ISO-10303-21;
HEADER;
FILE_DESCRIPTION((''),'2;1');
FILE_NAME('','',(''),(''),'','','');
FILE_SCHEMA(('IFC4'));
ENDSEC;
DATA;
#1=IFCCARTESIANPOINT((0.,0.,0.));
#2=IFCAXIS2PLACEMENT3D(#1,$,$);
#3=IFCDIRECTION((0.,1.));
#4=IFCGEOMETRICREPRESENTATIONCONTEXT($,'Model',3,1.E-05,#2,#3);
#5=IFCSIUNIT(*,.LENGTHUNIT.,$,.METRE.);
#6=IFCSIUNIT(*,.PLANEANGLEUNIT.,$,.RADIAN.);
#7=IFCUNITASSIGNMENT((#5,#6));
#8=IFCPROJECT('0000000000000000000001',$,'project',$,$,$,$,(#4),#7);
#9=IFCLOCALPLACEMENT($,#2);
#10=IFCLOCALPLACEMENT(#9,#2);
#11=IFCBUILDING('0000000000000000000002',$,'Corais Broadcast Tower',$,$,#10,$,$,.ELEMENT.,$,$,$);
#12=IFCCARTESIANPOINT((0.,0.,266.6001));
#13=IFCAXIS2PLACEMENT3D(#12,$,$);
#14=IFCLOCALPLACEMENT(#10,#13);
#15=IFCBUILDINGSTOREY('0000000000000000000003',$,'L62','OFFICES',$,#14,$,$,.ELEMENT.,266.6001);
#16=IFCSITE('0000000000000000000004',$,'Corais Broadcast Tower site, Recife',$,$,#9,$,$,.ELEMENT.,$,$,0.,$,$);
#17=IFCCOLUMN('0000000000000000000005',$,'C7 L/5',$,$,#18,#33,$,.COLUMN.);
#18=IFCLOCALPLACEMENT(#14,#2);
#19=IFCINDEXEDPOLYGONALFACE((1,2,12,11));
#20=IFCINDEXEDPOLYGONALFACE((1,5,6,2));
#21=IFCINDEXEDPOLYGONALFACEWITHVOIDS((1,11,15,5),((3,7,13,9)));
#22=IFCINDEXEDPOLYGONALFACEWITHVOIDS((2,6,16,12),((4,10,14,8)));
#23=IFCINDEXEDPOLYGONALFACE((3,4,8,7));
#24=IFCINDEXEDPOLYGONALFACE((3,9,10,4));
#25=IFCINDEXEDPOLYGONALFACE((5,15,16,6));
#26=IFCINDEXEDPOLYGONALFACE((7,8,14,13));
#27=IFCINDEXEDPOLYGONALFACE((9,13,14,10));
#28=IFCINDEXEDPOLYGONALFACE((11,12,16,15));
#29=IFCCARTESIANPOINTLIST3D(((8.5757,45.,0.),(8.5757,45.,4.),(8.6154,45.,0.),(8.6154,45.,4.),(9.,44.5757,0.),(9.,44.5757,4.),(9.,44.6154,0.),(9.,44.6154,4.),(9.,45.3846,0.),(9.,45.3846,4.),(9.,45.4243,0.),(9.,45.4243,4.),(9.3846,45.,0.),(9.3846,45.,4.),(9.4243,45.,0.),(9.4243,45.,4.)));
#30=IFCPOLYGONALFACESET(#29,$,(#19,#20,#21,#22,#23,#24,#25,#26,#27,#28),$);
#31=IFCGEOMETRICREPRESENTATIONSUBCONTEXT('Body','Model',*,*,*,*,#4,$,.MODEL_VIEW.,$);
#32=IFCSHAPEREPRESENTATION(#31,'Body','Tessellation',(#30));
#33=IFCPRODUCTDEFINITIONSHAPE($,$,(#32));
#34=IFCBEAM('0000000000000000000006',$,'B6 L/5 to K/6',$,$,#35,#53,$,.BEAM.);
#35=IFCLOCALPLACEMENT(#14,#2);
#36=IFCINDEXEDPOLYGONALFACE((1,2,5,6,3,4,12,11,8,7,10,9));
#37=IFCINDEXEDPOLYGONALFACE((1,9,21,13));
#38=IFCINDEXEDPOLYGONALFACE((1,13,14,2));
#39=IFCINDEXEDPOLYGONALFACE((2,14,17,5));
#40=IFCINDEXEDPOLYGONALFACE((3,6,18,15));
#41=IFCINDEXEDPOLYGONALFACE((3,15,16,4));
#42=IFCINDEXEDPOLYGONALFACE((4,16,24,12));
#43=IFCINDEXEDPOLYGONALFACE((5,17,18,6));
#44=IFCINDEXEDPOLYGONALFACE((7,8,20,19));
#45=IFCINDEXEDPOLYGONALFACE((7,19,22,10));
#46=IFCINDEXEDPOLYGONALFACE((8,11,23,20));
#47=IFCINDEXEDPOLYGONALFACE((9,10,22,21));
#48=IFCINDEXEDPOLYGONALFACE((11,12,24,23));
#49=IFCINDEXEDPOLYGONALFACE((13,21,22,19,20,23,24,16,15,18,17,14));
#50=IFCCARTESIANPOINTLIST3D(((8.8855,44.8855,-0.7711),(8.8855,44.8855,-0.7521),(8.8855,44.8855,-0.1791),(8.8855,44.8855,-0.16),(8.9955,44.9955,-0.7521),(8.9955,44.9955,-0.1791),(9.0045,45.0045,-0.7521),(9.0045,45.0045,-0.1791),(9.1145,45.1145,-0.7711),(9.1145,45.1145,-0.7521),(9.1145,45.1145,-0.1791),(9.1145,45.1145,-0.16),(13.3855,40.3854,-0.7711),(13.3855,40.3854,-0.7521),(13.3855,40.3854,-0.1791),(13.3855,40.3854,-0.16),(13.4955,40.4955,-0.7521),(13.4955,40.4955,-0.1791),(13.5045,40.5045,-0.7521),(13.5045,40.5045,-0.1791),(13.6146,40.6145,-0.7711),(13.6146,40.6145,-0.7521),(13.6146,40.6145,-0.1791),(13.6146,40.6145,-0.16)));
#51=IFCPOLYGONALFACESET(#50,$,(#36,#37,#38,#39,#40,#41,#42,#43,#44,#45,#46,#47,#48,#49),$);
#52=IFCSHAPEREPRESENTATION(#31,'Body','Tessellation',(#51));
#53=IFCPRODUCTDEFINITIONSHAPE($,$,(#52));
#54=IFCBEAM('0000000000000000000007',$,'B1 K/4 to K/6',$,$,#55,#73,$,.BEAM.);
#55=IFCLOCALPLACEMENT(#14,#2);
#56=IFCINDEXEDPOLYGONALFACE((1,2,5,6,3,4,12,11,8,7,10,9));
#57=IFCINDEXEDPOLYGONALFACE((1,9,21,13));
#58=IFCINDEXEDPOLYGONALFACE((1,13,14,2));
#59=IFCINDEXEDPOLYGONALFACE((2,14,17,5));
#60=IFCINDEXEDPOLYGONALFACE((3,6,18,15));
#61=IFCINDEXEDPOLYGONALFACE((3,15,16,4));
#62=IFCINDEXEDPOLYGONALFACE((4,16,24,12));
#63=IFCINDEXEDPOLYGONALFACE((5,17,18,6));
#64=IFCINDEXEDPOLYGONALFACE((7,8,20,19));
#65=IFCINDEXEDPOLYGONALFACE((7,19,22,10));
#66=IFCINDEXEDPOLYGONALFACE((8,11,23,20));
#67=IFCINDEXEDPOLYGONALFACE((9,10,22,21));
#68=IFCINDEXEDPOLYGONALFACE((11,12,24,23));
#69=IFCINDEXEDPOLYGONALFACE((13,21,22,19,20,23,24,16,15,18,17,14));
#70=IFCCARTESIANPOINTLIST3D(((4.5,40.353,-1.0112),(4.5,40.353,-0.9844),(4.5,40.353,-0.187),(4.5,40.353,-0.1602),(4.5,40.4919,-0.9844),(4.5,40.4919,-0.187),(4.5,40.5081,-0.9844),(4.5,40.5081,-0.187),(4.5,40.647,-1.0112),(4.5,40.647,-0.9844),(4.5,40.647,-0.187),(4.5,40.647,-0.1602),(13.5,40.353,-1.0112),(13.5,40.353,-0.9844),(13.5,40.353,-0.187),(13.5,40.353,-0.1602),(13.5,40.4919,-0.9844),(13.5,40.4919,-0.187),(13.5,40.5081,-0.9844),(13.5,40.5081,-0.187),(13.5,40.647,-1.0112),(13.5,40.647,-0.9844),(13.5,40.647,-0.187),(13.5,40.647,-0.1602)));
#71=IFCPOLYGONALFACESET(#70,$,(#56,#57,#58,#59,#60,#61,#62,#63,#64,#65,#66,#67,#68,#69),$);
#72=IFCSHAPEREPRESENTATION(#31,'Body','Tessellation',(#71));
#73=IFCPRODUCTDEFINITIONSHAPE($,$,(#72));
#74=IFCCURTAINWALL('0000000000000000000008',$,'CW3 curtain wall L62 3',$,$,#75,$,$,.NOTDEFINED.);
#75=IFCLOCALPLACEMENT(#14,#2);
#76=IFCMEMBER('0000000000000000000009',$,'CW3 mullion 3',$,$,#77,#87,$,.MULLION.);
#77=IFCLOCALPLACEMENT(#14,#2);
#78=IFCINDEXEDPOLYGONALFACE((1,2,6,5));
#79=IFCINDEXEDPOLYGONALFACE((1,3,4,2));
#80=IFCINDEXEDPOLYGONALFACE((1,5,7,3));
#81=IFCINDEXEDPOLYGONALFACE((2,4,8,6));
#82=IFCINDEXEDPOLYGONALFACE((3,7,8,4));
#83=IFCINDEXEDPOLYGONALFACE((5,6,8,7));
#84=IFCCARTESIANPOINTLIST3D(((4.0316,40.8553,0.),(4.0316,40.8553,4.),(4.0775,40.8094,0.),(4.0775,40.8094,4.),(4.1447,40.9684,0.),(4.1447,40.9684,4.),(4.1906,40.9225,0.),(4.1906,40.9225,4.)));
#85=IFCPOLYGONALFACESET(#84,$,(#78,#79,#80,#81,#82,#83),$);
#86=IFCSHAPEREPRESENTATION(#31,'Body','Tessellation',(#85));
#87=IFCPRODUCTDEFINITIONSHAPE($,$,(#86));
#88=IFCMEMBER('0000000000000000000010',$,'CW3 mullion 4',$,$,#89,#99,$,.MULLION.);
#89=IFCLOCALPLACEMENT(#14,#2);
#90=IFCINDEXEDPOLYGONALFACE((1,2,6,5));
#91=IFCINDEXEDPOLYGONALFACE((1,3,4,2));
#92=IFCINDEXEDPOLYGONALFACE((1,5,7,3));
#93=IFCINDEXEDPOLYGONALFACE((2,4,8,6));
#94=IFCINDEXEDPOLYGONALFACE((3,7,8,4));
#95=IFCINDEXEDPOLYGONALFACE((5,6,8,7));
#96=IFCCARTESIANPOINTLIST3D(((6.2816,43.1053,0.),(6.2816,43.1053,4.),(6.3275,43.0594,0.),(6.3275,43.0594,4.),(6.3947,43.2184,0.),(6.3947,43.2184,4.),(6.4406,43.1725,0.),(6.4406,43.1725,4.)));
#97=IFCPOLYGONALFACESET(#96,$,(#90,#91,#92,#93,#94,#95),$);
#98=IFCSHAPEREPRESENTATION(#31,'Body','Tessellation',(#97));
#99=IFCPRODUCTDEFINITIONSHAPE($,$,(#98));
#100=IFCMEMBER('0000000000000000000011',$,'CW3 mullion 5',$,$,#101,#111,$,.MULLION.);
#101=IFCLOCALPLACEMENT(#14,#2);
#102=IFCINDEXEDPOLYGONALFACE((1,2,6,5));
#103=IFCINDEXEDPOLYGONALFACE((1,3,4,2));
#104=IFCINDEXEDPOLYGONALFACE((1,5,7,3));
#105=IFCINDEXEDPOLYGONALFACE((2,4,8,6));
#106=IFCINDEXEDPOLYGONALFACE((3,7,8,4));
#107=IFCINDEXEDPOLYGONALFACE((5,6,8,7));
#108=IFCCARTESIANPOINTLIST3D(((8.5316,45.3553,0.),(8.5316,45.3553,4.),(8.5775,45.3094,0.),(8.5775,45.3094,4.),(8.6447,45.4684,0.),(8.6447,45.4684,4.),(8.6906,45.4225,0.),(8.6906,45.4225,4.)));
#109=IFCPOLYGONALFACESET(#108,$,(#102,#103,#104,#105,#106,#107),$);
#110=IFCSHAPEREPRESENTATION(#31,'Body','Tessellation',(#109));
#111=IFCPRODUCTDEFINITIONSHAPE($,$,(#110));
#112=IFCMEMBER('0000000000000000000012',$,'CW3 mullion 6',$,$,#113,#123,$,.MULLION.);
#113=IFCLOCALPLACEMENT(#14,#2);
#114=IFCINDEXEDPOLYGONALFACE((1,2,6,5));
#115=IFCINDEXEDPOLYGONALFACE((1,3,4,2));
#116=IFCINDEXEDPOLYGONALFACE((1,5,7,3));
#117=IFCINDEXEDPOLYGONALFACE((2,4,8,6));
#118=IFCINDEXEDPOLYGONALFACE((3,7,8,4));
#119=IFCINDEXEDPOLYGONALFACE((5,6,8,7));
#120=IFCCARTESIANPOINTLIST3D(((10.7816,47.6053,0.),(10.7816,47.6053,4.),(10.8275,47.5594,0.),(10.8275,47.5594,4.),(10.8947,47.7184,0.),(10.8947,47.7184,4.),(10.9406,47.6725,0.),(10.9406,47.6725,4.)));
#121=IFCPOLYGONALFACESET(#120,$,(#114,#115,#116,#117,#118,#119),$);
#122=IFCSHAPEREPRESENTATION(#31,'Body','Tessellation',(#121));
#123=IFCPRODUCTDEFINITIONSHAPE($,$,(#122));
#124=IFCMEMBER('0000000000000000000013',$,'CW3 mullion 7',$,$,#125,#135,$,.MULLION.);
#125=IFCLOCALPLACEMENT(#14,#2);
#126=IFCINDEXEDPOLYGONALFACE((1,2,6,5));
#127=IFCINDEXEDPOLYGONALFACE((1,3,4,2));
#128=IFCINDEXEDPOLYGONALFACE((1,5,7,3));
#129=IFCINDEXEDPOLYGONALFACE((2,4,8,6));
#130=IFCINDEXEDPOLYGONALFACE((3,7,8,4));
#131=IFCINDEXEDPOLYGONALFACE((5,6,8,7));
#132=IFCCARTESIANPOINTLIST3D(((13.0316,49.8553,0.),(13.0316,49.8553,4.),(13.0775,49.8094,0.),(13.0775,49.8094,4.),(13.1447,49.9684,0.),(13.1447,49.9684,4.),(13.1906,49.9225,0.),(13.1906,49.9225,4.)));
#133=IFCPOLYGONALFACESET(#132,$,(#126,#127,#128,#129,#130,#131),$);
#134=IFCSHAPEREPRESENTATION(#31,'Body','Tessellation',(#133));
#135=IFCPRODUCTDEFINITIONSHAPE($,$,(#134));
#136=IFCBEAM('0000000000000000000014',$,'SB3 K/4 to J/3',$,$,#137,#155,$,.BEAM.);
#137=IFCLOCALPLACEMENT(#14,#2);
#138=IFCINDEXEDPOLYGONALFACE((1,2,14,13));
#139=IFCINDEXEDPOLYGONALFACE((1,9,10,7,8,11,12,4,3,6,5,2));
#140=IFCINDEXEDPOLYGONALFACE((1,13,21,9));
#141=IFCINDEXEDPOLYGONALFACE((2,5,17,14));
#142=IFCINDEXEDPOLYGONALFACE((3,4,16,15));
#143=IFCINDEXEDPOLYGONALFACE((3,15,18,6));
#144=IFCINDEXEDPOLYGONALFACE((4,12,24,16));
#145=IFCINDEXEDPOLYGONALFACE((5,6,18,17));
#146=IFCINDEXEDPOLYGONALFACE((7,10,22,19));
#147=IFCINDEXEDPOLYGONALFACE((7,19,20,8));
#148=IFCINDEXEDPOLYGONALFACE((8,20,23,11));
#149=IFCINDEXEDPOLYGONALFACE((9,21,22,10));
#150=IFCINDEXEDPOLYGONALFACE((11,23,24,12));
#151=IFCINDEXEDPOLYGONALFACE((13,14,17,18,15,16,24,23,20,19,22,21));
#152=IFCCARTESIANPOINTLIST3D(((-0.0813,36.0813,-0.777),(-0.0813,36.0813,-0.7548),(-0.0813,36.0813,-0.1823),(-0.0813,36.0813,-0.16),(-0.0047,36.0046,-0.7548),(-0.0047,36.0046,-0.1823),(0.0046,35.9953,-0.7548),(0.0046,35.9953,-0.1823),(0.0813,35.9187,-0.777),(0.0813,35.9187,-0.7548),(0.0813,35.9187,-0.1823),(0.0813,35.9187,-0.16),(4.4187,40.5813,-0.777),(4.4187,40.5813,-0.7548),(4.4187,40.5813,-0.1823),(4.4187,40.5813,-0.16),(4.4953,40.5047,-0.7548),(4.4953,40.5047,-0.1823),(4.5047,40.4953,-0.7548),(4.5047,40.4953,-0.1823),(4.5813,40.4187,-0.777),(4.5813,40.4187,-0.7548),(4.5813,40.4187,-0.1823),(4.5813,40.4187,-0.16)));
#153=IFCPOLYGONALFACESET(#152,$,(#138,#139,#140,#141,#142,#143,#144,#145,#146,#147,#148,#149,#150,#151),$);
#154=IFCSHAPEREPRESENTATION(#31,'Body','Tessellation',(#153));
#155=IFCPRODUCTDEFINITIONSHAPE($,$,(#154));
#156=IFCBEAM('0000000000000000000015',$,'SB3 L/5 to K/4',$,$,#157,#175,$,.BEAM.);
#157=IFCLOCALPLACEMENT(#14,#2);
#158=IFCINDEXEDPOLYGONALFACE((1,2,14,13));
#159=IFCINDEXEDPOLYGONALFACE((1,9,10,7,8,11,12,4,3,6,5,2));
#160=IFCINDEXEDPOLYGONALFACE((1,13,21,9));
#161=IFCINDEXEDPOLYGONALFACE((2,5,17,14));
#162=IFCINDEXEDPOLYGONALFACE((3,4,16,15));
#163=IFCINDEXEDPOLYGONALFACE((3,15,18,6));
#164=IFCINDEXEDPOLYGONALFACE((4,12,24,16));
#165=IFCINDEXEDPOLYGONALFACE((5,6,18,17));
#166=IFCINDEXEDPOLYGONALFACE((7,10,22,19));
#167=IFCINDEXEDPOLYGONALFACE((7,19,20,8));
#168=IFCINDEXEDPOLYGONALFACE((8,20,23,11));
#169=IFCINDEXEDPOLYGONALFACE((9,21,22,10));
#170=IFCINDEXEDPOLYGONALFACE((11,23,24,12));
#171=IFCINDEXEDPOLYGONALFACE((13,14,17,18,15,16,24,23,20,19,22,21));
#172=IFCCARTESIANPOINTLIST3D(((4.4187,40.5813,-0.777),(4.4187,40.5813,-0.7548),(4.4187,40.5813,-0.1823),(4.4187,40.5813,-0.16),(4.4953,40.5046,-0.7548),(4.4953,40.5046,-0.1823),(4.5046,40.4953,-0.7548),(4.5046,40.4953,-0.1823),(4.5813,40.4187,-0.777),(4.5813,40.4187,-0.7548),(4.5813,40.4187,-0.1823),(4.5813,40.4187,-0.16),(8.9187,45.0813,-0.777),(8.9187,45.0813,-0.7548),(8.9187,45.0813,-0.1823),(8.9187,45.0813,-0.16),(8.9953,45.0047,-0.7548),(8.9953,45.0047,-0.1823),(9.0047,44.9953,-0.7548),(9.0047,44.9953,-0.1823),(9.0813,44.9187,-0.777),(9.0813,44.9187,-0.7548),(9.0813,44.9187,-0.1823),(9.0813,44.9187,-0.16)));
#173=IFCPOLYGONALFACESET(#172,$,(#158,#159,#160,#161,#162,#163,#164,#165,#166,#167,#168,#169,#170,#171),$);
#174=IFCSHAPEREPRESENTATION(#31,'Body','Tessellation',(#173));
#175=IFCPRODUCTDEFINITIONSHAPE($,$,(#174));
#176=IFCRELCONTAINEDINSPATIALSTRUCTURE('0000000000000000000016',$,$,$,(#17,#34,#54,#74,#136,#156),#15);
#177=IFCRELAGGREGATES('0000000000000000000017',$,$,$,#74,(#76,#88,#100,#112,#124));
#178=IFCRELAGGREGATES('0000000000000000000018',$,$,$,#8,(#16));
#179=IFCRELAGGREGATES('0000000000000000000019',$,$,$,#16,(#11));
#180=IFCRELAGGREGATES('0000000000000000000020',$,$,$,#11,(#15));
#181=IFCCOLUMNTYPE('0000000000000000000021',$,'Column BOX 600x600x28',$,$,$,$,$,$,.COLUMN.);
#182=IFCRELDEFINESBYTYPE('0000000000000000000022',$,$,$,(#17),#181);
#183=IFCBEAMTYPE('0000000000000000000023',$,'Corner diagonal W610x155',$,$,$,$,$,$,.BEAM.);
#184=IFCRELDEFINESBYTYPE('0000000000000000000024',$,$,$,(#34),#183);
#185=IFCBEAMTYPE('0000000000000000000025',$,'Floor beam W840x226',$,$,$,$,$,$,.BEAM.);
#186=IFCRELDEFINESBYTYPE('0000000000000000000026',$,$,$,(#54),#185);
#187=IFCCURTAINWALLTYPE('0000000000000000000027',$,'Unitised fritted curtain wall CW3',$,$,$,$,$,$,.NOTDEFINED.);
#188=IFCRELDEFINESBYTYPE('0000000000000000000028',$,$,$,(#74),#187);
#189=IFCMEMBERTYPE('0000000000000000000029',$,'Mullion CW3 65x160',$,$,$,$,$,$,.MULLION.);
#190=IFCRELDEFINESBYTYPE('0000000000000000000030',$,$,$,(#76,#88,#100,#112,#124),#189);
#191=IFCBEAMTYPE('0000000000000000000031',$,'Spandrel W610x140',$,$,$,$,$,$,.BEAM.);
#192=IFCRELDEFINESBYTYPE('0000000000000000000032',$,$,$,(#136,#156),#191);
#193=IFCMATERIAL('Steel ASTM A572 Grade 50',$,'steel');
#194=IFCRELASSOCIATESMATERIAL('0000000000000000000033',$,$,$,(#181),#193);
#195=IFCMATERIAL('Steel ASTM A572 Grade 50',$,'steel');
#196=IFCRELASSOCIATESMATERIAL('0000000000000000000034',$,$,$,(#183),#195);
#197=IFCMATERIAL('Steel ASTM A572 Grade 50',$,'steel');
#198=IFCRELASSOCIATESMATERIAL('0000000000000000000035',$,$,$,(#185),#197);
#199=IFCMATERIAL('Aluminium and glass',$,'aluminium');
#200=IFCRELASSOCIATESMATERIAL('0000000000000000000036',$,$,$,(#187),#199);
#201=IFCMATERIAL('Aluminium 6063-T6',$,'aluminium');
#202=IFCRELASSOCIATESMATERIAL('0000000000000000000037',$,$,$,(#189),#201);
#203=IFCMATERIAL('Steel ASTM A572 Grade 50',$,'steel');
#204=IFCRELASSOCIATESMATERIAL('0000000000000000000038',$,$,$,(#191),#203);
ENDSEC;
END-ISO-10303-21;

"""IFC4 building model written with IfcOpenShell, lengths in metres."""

from ifc_helpers import new_model, si_unit, direction, frame, origin, origin_2d, place, context, subcontext, project, spatial, rectangle, hollow_rectangle, i_section, extrude, material, material_profile, profile_set, type_object, element, aggregate, save


model = new_model("IFC4")

# Units and contexts
model_context = context("Model", 3, precision=1e-05, world=origin(), true_north=direction((0.0, 1.0)))
body_context = subcontext(model_context, "Body", "Model", "MODEL_VIEW")
ifc_project = project(units=[si_unit("LENGTHUNIT", "METRE"), si_unit("PLANEANGLEUNIT", "RADIAN")], contexts=[model_context])

# Site, building, storey
site_placement = place(None, origin())
site = spatial("IfcSite", under=ifc_project, at=site_placement, Name="Corais Broadcast Tower site, Recife", CompositionType="ELEMENT", RefElevation=0.0)
building_placement = place(site_placement, origin())
building = spatial("IfcBuilding", under=site, at=building_placement, Name="Corais Broadcast Tower", CompositionType="ELEMENT")
storey_placement = place(building_placement, frame((0.0, 0.0, 266.6001)))
storey = spatial("IfcBuildingStorey", under=building, at=storey_placement, Name="L62", Description="OFFICES", CompositionType="ELEMENT", Elevation=266.6001)

# Column
ifc_material_1 = material(Name="Steel ASTM A572 Grade 50", Category="steel")
ifc_material_profile_1 = material_profile(ifc_material_1, hollow_rectangle(XDim=0.6001, YDim=0.6001, WallThickness=0.0281, at=origin_2d()), Name="BOX 600x600x28")
ifc_profile_set_1 = profile_set([ifc_material_profile_1], Name="Steel ASTM A572 Grade 50")
column_type = type_object("IfcColumnType", Name="Column BOX 600x600x28", PredefinedType="COLUMN", material=ifc_profile_set_1)
column_placement = place(storey_placement, frame((9.0, 45.0, 0.0), z_axis=(0.0, 0.0, 1.0), x_axis=(0.707107, 0.707107, 0.0)))
element("IfcColumn", 1, at=column_placement, inside=storey, type_object=column_type, Name="C7 L/5", PredefinedType="COLUMN", context=body_context, shape_type="SweptSolid", body=[
    extrude(hollow_rectangle(XDim=0.6001, YDim=0.6001, WallThickness=0.0281, at=origin_2d()), origin(), (0.0, 0.0, 1.0), 4.0),
])

# Beams
ifc_material_2 = material(Name="Steel ASTM A572 Grade 50", Category="steel")
ifc_material_profile_2 = material_profile(ifc_material_2, i_section(OverallWidth=0.324, OverallDepth=0.6111, WebThickness=0.0127, FlangeThickness=0.019, at=origin_2d()), Name="W610x155")
ifc_profile_set_2 = profile_set([ifc_material_profile_2], Name="Steel ASTM A572 Grade 50")
beam_type_1 = type_object("IfcBeamType", Name="Corner diagonal W610x155", PredefinedType="BEAM", material=ifc_profile_set_2)
beam_1_placement = place(storey_placement, frame((9.0, 45.0, -0.4656), z_axis=(0.707107, -0.707107, 0.0), x_axis=(0.707107, 0.707107, 0.0)))
element("IfcBeam", 2, at=beam_1_placement, inside=storey, type_object=beam_type_1, Name="B6 L/5 to K/6", PredefinedType="BEAM", context=body_context, shape_type="SweptSolid", body=[
    extrude(i_section(OverallWidth=0.324, OverallDepth=0.6111, WebThickness=0.0127, FlangeThickness=0.019, at=origin_2d()), origin(), (0.0, 0.0, 1.0), 6.364),
])
ifc_material_3 = material(Name="Steel ASTM A572 Grade 50", Category="steel")
ifc_material_profile_3 = material_profile(ifc_material_3, i_section(OverallWidth=0.2939, OverallDepth=0.8511, WebThickness=0.0161, FlangeThickness=0.0269, at=origin_2d()), Name="W840x226")
ifc_profile_set_3 = profile_set([ifc_material_profile_3], Name="Steel ASTM A572 Grade 50")
beam_type_2 = type_object("IfcBeamType", Name="Floor beam W840x226", PredefinedType="BEAM", material=ifc_profile_set_3)
beam_2_placement = place(storey_placement, frame((4.5, 40.5, -0.5857), z_axis=(1.0, 0.0, 0.0), x_axis=(0.0, 1.0, 0.0)))
element("IfcBeam", 3, at=beam_2_placement, inside=storey, type_object=beam_type_2, Name="B1 K/4 to K/6", PredefinedType="BEAM", context=body_context, shape_type="SweptSolid", body=[
    extrude(i_section(OverallWidth=0.2939, OverallDepth=0.8511, WebThickness=0.0161, FlangeThickness=0.0269, at=origin_2d()), origin(), (0.0, 0.0, 1.0), 9.0),
])

# Curtain wall, members
ifc_material_4 = material(Name="Aluminium and glass", Category="aluminium")
curtain_wall_type = type_object("IfcCurtainWallType", Name="Unitised fritted curtain wall CW3", PredefinedType="NOTDEFINED", material=ifc_material_4)
curtain_wall_placement = place(storey_placement, origin())
curtain_wall = element("IfcCurtainWall", 4, at=curtain_wall_placement, inside=storey, type_object=curtain_wall_type, Name="CW3 curtain wall L62 3", PredefinedType="NOTDEFINED")
ifc_material_5 = material(Name="Aluminium 6063-T6", Category="aluminium")
ifc_material_profile_4 = material_profile(ifc_material_5, rectangle(XDim=0.0649, YDim=0.1599, at=origin_2d()), Name="Mullion CW3 65x160")
ifc_profile_set_4 = profile_set([ifc_material_profile_4], Name="Aluminium 6063-T6")
member_type_1 = type_object("IfcMemberType", Name="Mullion CW3 65x160", PredefinedType="MULLION", material=ifc_profile_set_4)
member_1_placement = place(storey_placement, frame((4.1111, 40.8889, 0.0), z_axis=(0.0, 0.0, 1.0), x_axis=(-0.707107, 0.707107, 0.0)))
member_1 = element("IfcMember", 5, at=member_1_placement, type_object=member_type_1, Name="CW3 mullion 3", PredefinedType="MULLION", context=body_context, shape_type="SweptSolid", body=[
    extrude(rectangle(XDim=0.0649, YDim=0.1599, at=origin_2d()), origin(), (0.0, 0.0, 1.0), 4.0),
])
member_2_placement = place(storey_placement, frame((6.3611, 43.1389, 0.0), z_axis=(0.0, 0.0, 1.0), x_axis=(-0.707107, 0.707107, 0.0)))
member_2 = element("IfcMember", 6, at=member_2_placement, type_object=member_type_1, Name="CW3 mullion 4", PredefinedType="MULLION", context=body_context, shape_type="SweptSolid", body=[
    extrude(rectangle(XDim=0.0649, YDim=0.1599, at=origin_2d()), origin(), (0.0, 0.0, 1.0), 4.0),
])
member_3_placement = place(storey_placement, frame((8.6111, 45.3889, 0.0), z_axis=(0.0, 0.0, 1.0), x_axis=(-0.707107, 0.707107, 0.0)))
member_3 = element("IfcMember", 7, at=member_3_placement, type_object=member_type_1, Name="CW3 mullion 5", PredefinedType="MULLION", context=body_context, shape_type="SweptSolid", body=[
    extrude(rectangle(XDim=0.0649, YDim=0.1599, at=origin_2d()), origin(), (0.0, 0.0, 1.0), 4.0),
])
member_4_placement = place(storey_placement, frame((10.8611, 47.6389, 0.0), z_axis=(0.0, 0.0, 1.0), x_axis=(-0.707107, 0.707107, 0.0)))
member_4 = element("IfcMember", 8, at=member_4_placement, type_object=member_type_1, Name="CW3 mullion 6", PredefinedType="MULLION", context=body_context, shape_type="SweptSolid", body=[
    extrude(rectangle(XDim=0.0649, YDim=0.1599, at=origin_2d()), origin(), (0.0, 0.0, 1.0), 4.0),
])
member_5_placement = place(storey_placement, frame((13.1111, 49.8889, 0.0), z_axis=(0.0, 0.0, 1.0), x_axis=(-0.707107, 0.707107, 0.0)))
member_5 = element("IfcMember", 9, at=member_5_placement, type_object=member_type_1, Name="CW3 mullion 7", PredefinedType="MULLION", context=body_context, shape_type="SweptSolid", body=[
    extrude(rectangle(XDim=0.0649, YDim=0.1599, at=origin_2d()), origin(), (0.0, 0.0, 1.0), 4.0),
])

# Beams
ifc_material_6 = material(Name="Steel ASTM A572 Grade 50", Category="steel")
ifc_material_profile_5 = material_profile(ifc_material_6, i_section(OverallWidth=0.23, OverallDepth=0.6169, WebThickness=0.0132, FlangeThickness=0.0222, at=origin_2d()), Name="W610x140")
ifc_profile_set_5 = profile_set([ifc_material_profile_5], Name="Steel ASTM A572 Grade 50")
beam_type_3 = type_object("IfcBeamType", Name="Spandrel W610x140", PredefinedType="BEAM", material=ifc_profile_set_5)
for number, where, z_axis, x_axis, name in (
    (10, (4.5, 40.5, -0.4685), (-0.707107, -0.707107, 0.0), (0.707107, -0.707107, 0.0), "SB3 K/4 to J/3"),
    (11, (9.0, 45.0, -0.4685), (-0.707107, -0.707107, 0.0), (0.707107, -0.707107, 0.0), "SB3 L/5 to K/4"),
):
    element("IfcBeam", number, at=place(storey_placement, frame(where, z_axis=z_axis, x_axis=x_axis)), inside=storey, type_object=beam_type_3, Name=name, PredefinedType="BEAM", context=body_context, shape_type="SweptSolid", body=[
        extrude(i_section(OverallWidth=0.23, OverallDepth=0.6169, WebThickness=0.0132, FlangeThickness=0.0222, at=origin_2d()), origin(), (0.0, 0.0, 1.0), 6.364),
    ])

aggregate(curtain_wall, [member_1, member_2, member_3, member_4, member_5])

save(model, "model.ifc")
